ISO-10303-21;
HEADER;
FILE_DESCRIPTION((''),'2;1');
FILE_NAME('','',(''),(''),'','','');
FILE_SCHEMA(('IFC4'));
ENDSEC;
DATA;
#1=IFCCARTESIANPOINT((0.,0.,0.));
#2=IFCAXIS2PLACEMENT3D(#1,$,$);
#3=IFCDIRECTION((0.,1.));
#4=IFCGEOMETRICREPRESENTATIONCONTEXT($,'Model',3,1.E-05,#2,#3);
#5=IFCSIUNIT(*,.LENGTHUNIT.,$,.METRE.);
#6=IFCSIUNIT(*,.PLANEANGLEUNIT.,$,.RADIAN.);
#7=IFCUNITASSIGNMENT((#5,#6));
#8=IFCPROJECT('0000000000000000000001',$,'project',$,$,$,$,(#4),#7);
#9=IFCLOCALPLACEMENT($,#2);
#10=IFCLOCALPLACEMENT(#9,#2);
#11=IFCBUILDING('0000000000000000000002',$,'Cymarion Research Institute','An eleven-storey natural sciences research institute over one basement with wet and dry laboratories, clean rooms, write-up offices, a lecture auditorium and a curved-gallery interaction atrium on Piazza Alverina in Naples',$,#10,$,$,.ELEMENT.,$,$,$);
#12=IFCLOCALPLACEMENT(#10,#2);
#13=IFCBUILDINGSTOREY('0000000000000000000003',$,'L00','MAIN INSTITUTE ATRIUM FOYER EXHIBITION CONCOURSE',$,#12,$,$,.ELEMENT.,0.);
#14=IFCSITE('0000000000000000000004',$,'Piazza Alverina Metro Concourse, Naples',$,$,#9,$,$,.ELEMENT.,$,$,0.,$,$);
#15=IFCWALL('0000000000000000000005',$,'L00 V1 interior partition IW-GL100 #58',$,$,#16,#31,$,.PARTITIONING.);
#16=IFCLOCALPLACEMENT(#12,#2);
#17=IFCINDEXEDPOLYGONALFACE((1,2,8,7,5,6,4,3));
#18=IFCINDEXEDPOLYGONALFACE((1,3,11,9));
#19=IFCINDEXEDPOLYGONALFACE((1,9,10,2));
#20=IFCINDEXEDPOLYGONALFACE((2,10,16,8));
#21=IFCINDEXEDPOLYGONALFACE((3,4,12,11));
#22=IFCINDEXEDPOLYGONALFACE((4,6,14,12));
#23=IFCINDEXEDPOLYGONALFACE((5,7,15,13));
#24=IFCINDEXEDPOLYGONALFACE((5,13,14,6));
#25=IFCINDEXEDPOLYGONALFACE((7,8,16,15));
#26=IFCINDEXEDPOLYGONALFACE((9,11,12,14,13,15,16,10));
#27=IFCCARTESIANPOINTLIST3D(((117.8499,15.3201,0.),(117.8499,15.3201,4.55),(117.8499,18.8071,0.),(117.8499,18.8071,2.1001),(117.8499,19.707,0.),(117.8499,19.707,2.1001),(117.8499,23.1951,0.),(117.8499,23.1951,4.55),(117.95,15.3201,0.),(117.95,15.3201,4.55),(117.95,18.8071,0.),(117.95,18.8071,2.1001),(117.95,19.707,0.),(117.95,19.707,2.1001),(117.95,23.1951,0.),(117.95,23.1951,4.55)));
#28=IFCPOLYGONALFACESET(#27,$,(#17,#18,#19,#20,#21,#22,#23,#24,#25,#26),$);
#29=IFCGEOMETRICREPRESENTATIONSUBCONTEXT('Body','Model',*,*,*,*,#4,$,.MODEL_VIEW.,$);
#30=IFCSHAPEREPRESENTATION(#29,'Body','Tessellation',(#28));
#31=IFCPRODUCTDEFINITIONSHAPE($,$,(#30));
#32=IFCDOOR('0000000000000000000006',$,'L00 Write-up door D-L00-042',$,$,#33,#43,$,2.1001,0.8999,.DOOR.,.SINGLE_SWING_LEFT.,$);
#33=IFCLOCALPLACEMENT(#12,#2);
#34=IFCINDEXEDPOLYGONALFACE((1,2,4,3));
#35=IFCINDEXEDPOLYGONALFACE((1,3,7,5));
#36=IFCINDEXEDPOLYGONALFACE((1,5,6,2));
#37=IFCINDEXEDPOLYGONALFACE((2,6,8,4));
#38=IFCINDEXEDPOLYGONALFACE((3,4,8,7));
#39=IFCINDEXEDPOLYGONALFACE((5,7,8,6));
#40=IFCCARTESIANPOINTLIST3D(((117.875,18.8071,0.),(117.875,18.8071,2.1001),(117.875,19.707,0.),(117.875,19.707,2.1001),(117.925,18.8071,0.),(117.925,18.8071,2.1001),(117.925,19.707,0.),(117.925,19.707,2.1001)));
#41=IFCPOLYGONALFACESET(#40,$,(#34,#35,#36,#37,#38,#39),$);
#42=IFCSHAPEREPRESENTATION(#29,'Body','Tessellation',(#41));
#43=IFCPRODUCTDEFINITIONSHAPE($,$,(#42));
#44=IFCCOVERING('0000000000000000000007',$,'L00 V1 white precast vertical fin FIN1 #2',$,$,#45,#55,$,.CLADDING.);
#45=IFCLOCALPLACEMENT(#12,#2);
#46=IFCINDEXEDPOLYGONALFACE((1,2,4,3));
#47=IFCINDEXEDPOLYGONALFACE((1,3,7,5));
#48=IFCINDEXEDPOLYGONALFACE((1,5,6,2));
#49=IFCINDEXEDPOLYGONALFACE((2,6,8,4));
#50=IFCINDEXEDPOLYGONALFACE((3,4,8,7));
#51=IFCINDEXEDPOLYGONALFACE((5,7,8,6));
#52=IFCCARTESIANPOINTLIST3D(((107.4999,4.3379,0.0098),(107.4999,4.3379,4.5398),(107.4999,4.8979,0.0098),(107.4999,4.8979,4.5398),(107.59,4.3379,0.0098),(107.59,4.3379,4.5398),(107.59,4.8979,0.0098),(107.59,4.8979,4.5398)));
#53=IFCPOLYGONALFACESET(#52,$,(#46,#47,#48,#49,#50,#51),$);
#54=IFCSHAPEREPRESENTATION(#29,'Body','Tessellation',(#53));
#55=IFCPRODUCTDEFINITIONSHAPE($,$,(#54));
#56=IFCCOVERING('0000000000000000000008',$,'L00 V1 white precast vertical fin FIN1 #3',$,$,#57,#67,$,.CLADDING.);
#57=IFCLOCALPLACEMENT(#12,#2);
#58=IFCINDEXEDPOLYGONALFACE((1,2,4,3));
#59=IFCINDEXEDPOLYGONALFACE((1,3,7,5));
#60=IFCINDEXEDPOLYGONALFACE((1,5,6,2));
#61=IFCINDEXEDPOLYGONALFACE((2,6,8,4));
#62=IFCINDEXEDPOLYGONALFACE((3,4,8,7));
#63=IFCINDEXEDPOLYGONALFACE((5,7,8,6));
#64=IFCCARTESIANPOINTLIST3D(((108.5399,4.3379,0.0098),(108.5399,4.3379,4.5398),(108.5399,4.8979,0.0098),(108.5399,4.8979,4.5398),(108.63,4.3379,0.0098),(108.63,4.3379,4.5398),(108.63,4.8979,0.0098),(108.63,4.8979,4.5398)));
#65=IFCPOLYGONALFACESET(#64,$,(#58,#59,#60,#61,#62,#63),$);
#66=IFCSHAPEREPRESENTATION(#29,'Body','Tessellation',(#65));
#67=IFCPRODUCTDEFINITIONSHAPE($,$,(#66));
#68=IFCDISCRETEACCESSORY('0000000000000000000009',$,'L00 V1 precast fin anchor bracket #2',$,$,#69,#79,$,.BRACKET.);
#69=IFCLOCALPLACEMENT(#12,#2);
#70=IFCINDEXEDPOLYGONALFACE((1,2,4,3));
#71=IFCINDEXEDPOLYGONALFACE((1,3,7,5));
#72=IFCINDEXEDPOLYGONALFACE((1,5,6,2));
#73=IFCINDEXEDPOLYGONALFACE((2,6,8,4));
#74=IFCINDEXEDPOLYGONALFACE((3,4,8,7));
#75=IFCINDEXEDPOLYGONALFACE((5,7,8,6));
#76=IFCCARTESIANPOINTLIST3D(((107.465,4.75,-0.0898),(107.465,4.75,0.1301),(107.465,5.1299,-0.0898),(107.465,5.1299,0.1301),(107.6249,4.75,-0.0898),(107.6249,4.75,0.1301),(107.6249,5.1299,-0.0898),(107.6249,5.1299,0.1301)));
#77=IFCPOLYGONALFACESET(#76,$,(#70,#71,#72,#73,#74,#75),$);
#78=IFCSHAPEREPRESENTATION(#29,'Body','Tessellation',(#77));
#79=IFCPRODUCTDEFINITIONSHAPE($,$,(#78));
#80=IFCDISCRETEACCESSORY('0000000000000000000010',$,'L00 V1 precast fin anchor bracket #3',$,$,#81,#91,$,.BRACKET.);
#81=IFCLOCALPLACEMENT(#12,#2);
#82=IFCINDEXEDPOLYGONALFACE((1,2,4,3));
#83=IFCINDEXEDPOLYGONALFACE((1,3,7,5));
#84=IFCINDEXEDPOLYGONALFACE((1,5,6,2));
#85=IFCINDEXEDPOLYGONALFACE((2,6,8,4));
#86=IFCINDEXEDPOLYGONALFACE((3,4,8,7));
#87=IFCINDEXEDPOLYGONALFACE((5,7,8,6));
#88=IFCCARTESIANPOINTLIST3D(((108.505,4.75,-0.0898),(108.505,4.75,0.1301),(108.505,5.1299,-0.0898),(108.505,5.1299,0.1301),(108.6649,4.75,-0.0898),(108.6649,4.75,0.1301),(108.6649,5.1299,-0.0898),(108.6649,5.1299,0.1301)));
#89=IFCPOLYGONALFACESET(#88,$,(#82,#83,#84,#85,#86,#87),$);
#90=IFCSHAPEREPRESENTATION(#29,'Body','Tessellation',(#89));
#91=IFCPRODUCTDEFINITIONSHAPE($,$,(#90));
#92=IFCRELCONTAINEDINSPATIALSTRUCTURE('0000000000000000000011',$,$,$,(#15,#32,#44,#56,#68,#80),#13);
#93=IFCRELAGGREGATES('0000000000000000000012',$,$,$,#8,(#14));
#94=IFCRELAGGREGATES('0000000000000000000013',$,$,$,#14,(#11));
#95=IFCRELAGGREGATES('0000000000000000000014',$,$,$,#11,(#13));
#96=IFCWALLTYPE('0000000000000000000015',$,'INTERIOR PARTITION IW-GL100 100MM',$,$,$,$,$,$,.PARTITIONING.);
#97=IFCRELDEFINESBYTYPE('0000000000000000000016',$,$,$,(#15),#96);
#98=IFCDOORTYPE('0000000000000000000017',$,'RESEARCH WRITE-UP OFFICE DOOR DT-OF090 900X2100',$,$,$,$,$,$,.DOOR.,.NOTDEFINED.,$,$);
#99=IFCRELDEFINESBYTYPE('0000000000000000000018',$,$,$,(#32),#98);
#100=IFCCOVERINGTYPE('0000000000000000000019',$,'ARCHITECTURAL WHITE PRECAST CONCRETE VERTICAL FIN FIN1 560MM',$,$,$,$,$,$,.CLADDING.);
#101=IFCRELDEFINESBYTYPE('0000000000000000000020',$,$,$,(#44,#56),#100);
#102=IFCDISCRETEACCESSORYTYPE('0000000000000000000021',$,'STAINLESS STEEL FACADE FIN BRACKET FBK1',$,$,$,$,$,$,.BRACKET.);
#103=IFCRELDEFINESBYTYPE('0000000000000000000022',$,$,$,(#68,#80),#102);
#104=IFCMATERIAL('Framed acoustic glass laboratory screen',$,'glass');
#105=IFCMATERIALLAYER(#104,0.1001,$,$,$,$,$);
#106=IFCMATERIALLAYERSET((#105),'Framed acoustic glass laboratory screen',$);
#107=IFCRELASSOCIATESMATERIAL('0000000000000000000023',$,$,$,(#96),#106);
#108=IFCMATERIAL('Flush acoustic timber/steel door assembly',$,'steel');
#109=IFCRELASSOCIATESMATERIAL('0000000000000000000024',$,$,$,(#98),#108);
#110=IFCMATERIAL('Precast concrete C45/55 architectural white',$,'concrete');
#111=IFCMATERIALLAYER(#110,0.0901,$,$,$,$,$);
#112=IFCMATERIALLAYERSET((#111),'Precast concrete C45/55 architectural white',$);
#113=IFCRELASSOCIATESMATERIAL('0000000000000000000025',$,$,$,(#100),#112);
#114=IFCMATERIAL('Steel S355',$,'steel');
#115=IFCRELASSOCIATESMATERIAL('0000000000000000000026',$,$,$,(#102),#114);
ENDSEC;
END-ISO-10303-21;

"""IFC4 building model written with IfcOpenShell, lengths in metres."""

from ifc_helpers import new_model, si_unit, direction, frame, frame_2d, origin, origin_2d, place, context, subcontext, project, spatial, rectangle, extrude, material, layer, layer_set, type_object, element, fill, save


model = new_model("IFC4")

# Units and contexts
model_context = context("Model", 3, precision=1e-05, world=origin(), true_north=direction((0.0, 1.0)))
body_context = subcontext(model_context, "Body", "Model", "MODEL_VIEW")
ifc_project = project(units=[si_unit("LENGTHUNIT", "METRE"), si_unit("PLANEANGLEUNIT", "RADIAN")], contexts=[model_context])

# Site, building, storey
site_placement = place(None, origin())
site = spatial("IfcSite", under=ifc_project, at=site_placement, Name="Piazza Alverina Metro Concourse, Naples", CompositionType="ELEMENT", RefElevation=0.0)
building_placement = place(site_placement, origin())
building = spatial("IfcBuilding", under=site, at=building_placement, Name="Cymarion Research Institute", Description="An eleven-storey natural sciences research institute over one basement with wet and dry laboratories, clean rooms, write-up offices, a lecture auditorium and a curved-gallery interaction atrium on Piazza Alverina in Naples", CompositionType="ELEMENT")
storey_placement = place(building_placement, origin())
storey = spatial("IfcBuildingStorey", under=building, at=storey_placement, Name="L00", Description="MAIN INSTITUTE ATRIUM FOYER EXHIBITION CONCOURSE", CompositionType="ELEMENT", Elevation=0.0)

# Shared definitions
ifc_material_1 = material(Name="Steel S355", Category="steel")

# Wall, opening, door
ifc_material_2 = material(Name="Flush acoustic timber/steel door assembly", Category="steel")
ifc_material_3 = material(Name="Framed acoustic glass laboratory screen", Category="glass")
ifc_layer_1 = layer(ifc_material_3, 0.1001)
ifc_layer_set_1 = layer_set([ifc_layer_1], Name="Framed acoustic glass laboratory screen")
wall_type_1 = type_object("IfcWallType", Name="INTERIOR PARTITION IW-GL100 100MM", PredefinedType="PARTITIONING", material=ifc_layer_set_1)
wall_1_placement = place(storey_placement, frame((117.8999, 15.3201, 0.0), z_axis=(0.0, 0.0, 1.0), x_axis=(0.0, 1.0, 0.0)))
wall_1 = element("IfcWall", 1, at=wall_1_placement, inside=storey, type_object=wall_type_1, Name="L00 V1 interior partition IW-GL100 #58", PredefinedType="PARTITIONING", context=body_context, shape_type="SweptSolid", body=[
    extrude(rectangle(XDim=7.875, YDim=0.1001, at=frame_2d((3.9375, 0.0))), origin(), (0.0, 0.0, 1.0), 4.55),
])
opening_1_placement = place(wall_1_placement, frame((3.4871, 0.0, 0.0)))
opening_1 = element("IfcOpeningElement", 2, at=opening_1_placement, cuts=wall_1, PredefinedType="OPENING", context=body_context, shape_type="SweptSolid", body=[
    extrude(rectangle(XDim=0.8999, YDim=2.1001, at=frame_2d((0.45, 1.05))), frame((0.0, 0.0601, 0.0), z_axis=(0.0, -1.0, 0.0), x_axis=(1.0, 0.0, 0.0)), (0.0, 0.0, 1.0), 0.1201),
])
door_type_1 = type_object("IfcDoorType", Name="RESEARCH WRITE-UP OFFICE DOOR DT-OF090 900X2100", OperationType="NOTDEFINED", PredefinedType="DOOR", material=ifc_material_2)
door_1_placement = place(opening_1_placement, origin())
door_1 = element("IfcDoor", 3, at=door_1_placement, inside=storey, type_object=door_type_1, Name="L00 Write-up door D-L00-042", OperationType="SINGLE_SWING_LEFT", OverallHeight=2.1001, OverallWidth=0.8999, PredefinedType="DOOR", context=body_context, shape_type="SweptSolid", body=[
    extrude(rectangle(XDim=0.8999, YDim=2.1001, at=frame_2d((0.45, 1.05))), frame((0.0, 0.0249, 0.0), z_axis=(0.0, -1.0, 0.0), x_axis=(1.0, 0.0, 0.0)), (0.0, 0.0, 1.0), 0.05),
])
fill(opening_1, door_1)

# Coverings
ifc_material_4 = material(Name="Precast concrete C45/55 architectural white", Category="concrete")
ifc_layer_2 = layer(ifc_material_4, 0.0901)
ifc_layer_set_2 = layer_set([ifc_layer_2], Name="Precast concrete C45/55 architectural white")
covering_type = type_object("IfcCoveringType", Name="ARCHITECTURAL WHITE PRECAST CONCRETE VERTICAL FIN FIN1 560MM", PredefinedType="CLADDING", material=ifc_layer_set_2)
for number, where, z_axis, x_axis, name in (
    (4, (107.5449, 4.6179, 0.0098), (0.0, 0.0, 1.0), (0.0, -1.0, 0.0), "L00 V1 white precast vertical fin FIN1 #2"),
    (5, (108.585, 4.6179, 0.0098), (0.0, 0.0, 1.0), (0.0, -1.0, 0.0), "L00 V1 white precast vertical fin FIN1 #3"),
):
    element("IfcCovering", number, at=place(storey_placement, frame(where, z_axis=z_axis, x_axis=x_axis)), inside=storey, type_object=covering_type, Name=name, PredefinedType="CLADDING", context=body_context, shape_type="SweptSolid", body=[
        extrude(rectangle(XDim=0.5601, YDim=0.0901, at=origin_2d()), origin(), (0.0, 0.0, 1.0), 4.53),
    ])

# Discrete accessories
discrete_accessory_type = type_object("IfcDiscreteAccessoryType", Name="STAINLESS STEEL FACADE FIN BRACKET FBK1", PredefinedType="BRACKET", material=ifc_material_1)
for number, where, z_axis, x_axis, name in (
    (6, (107.5449, 4.9399, -0.0898), (0.0, 0.0, 1.0), (0.0, -1.0, 0.0), "L00 V1 precast fin anchor bracket #2"),
    (7, (108.585, 4.9399, -0.0898), (0.0, 0.0, 1.0), (0.0, -1.0, 0.0), "L00 V1 precast fin anchor bracket #3"),
):
    element("IfcDiscreteAccessory", number, at=place(storey_placement, frame(where, z_axis=z_axis, x_axis=x_axis)), inside=storey, type_object=discrete_accessory_type, Name=name, PredefinedType="BRACKET", context=body_context, shape_type="SweptSolid", body=[
        extrude(rectangle(XDim=0.3799, YDim=0.1599, at=origin_2d()), origin(), (0.0, 0.0, 1.0), 0.22),
    ])

save(model, "model.ifc")
